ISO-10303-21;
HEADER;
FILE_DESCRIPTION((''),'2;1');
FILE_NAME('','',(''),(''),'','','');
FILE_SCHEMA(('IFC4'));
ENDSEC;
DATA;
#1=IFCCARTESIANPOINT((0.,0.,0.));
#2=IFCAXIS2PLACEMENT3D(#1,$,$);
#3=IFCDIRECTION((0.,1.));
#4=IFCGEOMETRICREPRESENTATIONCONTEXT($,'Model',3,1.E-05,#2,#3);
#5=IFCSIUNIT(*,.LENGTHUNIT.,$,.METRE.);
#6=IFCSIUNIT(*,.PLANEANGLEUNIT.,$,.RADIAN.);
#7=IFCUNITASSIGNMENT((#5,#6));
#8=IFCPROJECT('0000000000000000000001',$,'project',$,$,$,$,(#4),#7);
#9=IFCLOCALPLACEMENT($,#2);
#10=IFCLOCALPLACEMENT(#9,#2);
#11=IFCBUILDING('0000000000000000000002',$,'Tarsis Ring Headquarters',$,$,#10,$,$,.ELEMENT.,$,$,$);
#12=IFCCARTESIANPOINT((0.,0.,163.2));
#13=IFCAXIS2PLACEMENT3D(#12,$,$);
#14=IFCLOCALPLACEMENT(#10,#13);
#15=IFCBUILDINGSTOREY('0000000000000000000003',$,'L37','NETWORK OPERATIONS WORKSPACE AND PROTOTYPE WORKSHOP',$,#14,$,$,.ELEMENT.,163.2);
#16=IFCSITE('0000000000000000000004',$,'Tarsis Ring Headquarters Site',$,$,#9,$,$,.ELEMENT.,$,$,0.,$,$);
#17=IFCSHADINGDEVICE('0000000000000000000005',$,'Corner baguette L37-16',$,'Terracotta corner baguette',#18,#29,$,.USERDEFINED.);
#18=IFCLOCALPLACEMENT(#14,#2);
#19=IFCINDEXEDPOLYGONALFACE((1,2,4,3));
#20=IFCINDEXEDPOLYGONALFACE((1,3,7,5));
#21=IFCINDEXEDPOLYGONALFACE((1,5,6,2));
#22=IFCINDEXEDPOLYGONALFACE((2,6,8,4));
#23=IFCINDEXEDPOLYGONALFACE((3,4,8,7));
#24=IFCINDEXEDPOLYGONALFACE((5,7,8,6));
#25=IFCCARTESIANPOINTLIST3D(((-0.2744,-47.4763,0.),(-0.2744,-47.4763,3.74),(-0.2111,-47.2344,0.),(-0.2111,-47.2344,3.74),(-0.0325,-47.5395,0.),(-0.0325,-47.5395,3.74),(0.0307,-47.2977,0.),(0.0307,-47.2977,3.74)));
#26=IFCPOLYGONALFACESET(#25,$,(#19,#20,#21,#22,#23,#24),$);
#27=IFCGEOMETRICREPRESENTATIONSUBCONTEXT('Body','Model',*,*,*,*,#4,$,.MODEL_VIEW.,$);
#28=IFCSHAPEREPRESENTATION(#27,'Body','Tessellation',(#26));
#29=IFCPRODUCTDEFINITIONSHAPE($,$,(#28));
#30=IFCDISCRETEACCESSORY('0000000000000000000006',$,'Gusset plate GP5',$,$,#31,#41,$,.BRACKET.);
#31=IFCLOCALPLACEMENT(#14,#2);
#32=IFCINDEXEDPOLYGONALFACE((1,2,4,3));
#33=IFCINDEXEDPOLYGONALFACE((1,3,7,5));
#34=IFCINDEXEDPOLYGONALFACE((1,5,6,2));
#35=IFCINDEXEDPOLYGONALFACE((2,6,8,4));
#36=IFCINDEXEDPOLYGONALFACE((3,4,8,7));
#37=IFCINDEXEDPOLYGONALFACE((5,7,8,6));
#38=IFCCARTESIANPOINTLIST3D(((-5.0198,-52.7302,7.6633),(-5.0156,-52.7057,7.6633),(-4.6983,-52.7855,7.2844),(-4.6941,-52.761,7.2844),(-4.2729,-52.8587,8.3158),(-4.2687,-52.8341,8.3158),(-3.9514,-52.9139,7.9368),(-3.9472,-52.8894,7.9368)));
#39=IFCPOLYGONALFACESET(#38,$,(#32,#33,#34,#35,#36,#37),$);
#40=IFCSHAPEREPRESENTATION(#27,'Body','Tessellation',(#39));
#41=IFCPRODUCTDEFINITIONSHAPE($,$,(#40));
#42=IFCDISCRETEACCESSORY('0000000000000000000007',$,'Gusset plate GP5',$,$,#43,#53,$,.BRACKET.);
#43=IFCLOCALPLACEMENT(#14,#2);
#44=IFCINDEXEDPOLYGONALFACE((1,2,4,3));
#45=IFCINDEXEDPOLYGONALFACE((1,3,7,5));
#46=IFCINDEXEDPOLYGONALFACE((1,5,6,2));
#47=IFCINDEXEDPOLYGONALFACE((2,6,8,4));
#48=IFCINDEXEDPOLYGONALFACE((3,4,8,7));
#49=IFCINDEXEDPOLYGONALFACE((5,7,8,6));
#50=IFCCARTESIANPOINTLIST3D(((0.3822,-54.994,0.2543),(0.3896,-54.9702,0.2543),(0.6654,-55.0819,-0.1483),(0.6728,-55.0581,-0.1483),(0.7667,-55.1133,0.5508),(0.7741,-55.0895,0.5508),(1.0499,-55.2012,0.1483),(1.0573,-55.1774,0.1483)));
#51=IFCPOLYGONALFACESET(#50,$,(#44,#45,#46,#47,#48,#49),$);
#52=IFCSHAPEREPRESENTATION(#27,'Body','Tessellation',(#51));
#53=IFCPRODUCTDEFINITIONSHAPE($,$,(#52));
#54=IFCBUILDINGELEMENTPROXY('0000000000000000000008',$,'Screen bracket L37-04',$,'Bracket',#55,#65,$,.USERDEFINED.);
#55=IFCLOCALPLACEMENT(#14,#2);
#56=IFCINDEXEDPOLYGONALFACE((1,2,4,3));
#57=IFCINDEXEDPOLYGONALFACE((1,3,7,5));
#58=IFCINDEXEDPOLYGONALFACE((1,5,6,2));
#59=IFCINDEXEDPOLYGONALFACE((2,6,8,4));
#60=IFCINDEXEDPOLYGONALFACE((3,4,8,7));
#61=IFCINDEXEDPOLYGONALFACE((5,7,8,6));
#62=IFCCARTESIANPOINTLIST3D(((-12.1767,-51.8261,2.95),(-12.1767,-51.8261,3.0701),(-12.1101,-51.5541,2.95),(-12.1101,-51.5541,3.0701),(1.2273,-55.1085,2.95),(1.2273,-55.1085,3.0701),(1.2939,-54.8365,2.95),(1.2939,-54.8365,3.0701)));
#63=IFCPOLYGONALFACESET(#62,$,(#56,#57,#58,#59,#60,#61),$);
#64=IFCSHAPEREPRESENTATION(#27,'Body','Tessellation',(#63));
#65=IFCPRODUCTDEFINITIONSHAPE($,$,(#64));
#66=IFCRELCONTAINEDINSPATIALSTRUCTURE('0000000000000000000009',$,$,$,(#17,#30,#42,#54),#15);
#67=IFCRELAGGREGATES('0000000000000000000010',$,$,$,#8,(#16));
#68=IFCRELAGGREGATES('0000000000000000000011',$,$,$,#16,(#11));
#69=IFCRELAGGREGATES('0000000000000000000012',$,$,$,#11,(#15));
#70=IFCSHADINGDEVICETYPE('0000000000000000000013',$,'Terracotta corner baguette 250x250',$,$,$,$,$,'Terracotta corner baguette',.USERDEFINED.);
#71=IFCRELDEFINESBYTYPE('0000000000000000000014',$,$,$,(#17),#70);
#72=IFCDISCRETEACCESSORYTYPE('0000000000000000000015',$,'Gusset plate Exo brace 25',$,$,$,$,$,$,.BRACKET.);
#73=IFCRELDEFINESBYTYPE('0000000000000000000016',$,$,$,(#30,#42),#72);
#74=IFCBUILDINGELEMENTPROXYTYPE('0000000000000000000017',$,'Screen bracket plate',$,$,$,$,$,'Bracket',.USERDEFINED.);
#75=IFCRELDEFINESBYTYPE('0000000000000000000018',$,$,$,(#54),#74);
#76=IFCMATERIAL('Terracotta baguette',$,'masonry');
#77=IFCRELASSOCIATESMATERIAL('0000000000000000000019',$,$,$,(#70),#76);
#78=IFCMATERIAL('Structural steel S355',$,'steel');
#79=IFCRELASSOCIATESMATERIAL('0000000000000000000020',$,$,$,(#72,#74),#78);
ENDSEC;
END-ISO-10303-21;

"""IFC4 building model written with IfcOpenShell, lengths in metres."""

from ifc_helpers import new_model, si_unit, direction, frame, origin, origin_2d, place, context, subcontext, project, spatial, rectangle, extrude, material, material_profile, profile_set, type_object, element, save


model = new_model("IFC4")

# Units and contexts
model_context = context("Model", 3, precision=1e-05, world=origin(), true_north=direction((0.0, 1.0)))
body_context = subcontext(model_context, "Body", "Model", "MODEL_VIEW")
ifc_project = project(units=[si_unit("LENGTHUNIT", "METRE"), si_unit("PLANEANGLEUNIT", "RADIAN")], contexts=[model_context])

# Site, building, storey
site_placement = place(None, origin())
site = spatial("IfcSite", under=ifc_project, at=site_placement, Name="Tarsis Ring Headquarters Site", CompositionType="ELEMENT", RefElevation=0.0)
building_placement = place(site_placement, origin())
building = spatial("IfcBuilding", under=site, at=building_placement, Name="Tarsis Ring Headquarters", CompositionType="ELEMENT")
storey_placement = place(building_placement, frame((0.0, 0.0, 163.2)))
storey = spatial("IfcBuildingStorey", under=building, at=storey_placement, Name="L37", Description="NETWORK OPERATIONS WORKSPACE AND PROTOTYPE WORKSHOP", CompositionType="ELEMENT", Elevation=163.2)

# Shared definitions
ifc_material_1 = material(Name="Structural steel S355", Category="steel")

# Shading device
ifc_material_2 = material(Name="Terracotta baguette", Category="masonry")
shading_device_type_1 = type_object("IfcShadingDeviceType", Name="Terracotta corner baguette 250x250", ElementType="Terracotta corner baguette", PredefinedType="USERDEFINED", material=ifc_material_2)
for number, where, z_axis, x_axis, name in (
    (1, (-0.1218, -47.387, 0.0), (0.0, 0.0, 1.0), (0.967445, -0.253083, 0.0), "Corner baguette L37-16"),
):
    element("IfcShadingDevice", number, at=place(storey_placement, frame(where, z_axis=z_axis, x_axis=x_axis)), inside=storey, type_object=shading_device_type_1, Name=name, ObjectType="Terracotta corner baguette", PredefinedType="USERDEFINED", context=body_context, shape_type="SweptSolid", body=[
        extrude(rectangle(XDim=0.25, YDim=0.25, at=origin_2d()), origin(), (0.0, 0.0, 1.0), 3.74),
    ])

# Discrete accessories
ifc_material_profile_1 = material_profile(ifc_material_1, rectangle(XDim=0.0249, YDim=0.5, at=origin_2d()), Name="PL 25x500")
ifc_profile_set_1 = profile_set([ifc_material_profile_1], Name="Structural steel S355")
discrete_accessory_type = type_object("IfcDiscreteAccessoryType", Name="Gusset plate Exo brace 25", PredefinedType="BRACKET", material=ifc_profile_set_1)
discrete_accessory_1_placement = place(storey_placement, frame((-4.8569, -52.7456, 7.4739), z_axis=(0.746904, -0.128431, 0.652411), x_axis=(0.169465, 0.985536, 0.0)))
element("IfcDiscreteAccessory", 2, at=discrete_accessory_1_placement, inside=storey, type_object=discrete_accessory_type, Name="Gusset plate GP5", PredefinedType="BRACKET", context=body_context, shape_type="SweptSolid", body=[
    extrude(rectangle(XDim=0.0249, YDim=0.5, at=origin_2d()), origin(), (0.0, 0.0, 1.0), 1.0),
])
discrete_accessory_2_placement = place(storey_placement, frame((0.8613, -55.1296, 0.0), z_axis=(-0.5664, 0.175779, 0.805166), x_axis=(-0.296399, -0.955064, 0.0)))
element("IfcDiscreteAccessory", 3, at=discrete_accessory_2_placement, inside=storey, type_object=discrete_accessory_type, Name="Gusset plate GP5", PredefinedType="BRACKET", context=body_context, shape_type="SweptSolid", body=[
    extrude(rectangle(XDim=0.0249, YDim=0.5, at=origin_2d()), origin(), (0.0, 0.0, 1.0), 0.5),
])

# Building element proxy
building_element_proxy_type = type_object("IfcBuildingElementProxyType", Name="Screen bracket plate", ElementType="Bracket", PredefinedType="USERDEFINED", material=ifc_material_1)
proxy_placement = place(storey_placement, frame((-5.4414, -53.3313, 2.95), z_axis=(0.0, 0.0, 1.0), x_axis=(0.971301, -0.237855, 0.0)))
element("IfcBuildingElementProxy", 4, at=proxy_placement, inside=storey, type_object=building_element_proxy_type, Name="Screen bracket L37-04", ObjectType="Bracket", PredefinedType="USERDEFINED", context=body_context, shape_type="SweptSolid", body=[
    extrude(rectangle(XDim=13.8, YDim=0.28, at=origin_2d()), origin(), (0.0, 0.0, 1.0), 0.1201),
])

save(model, "model.ifc")
